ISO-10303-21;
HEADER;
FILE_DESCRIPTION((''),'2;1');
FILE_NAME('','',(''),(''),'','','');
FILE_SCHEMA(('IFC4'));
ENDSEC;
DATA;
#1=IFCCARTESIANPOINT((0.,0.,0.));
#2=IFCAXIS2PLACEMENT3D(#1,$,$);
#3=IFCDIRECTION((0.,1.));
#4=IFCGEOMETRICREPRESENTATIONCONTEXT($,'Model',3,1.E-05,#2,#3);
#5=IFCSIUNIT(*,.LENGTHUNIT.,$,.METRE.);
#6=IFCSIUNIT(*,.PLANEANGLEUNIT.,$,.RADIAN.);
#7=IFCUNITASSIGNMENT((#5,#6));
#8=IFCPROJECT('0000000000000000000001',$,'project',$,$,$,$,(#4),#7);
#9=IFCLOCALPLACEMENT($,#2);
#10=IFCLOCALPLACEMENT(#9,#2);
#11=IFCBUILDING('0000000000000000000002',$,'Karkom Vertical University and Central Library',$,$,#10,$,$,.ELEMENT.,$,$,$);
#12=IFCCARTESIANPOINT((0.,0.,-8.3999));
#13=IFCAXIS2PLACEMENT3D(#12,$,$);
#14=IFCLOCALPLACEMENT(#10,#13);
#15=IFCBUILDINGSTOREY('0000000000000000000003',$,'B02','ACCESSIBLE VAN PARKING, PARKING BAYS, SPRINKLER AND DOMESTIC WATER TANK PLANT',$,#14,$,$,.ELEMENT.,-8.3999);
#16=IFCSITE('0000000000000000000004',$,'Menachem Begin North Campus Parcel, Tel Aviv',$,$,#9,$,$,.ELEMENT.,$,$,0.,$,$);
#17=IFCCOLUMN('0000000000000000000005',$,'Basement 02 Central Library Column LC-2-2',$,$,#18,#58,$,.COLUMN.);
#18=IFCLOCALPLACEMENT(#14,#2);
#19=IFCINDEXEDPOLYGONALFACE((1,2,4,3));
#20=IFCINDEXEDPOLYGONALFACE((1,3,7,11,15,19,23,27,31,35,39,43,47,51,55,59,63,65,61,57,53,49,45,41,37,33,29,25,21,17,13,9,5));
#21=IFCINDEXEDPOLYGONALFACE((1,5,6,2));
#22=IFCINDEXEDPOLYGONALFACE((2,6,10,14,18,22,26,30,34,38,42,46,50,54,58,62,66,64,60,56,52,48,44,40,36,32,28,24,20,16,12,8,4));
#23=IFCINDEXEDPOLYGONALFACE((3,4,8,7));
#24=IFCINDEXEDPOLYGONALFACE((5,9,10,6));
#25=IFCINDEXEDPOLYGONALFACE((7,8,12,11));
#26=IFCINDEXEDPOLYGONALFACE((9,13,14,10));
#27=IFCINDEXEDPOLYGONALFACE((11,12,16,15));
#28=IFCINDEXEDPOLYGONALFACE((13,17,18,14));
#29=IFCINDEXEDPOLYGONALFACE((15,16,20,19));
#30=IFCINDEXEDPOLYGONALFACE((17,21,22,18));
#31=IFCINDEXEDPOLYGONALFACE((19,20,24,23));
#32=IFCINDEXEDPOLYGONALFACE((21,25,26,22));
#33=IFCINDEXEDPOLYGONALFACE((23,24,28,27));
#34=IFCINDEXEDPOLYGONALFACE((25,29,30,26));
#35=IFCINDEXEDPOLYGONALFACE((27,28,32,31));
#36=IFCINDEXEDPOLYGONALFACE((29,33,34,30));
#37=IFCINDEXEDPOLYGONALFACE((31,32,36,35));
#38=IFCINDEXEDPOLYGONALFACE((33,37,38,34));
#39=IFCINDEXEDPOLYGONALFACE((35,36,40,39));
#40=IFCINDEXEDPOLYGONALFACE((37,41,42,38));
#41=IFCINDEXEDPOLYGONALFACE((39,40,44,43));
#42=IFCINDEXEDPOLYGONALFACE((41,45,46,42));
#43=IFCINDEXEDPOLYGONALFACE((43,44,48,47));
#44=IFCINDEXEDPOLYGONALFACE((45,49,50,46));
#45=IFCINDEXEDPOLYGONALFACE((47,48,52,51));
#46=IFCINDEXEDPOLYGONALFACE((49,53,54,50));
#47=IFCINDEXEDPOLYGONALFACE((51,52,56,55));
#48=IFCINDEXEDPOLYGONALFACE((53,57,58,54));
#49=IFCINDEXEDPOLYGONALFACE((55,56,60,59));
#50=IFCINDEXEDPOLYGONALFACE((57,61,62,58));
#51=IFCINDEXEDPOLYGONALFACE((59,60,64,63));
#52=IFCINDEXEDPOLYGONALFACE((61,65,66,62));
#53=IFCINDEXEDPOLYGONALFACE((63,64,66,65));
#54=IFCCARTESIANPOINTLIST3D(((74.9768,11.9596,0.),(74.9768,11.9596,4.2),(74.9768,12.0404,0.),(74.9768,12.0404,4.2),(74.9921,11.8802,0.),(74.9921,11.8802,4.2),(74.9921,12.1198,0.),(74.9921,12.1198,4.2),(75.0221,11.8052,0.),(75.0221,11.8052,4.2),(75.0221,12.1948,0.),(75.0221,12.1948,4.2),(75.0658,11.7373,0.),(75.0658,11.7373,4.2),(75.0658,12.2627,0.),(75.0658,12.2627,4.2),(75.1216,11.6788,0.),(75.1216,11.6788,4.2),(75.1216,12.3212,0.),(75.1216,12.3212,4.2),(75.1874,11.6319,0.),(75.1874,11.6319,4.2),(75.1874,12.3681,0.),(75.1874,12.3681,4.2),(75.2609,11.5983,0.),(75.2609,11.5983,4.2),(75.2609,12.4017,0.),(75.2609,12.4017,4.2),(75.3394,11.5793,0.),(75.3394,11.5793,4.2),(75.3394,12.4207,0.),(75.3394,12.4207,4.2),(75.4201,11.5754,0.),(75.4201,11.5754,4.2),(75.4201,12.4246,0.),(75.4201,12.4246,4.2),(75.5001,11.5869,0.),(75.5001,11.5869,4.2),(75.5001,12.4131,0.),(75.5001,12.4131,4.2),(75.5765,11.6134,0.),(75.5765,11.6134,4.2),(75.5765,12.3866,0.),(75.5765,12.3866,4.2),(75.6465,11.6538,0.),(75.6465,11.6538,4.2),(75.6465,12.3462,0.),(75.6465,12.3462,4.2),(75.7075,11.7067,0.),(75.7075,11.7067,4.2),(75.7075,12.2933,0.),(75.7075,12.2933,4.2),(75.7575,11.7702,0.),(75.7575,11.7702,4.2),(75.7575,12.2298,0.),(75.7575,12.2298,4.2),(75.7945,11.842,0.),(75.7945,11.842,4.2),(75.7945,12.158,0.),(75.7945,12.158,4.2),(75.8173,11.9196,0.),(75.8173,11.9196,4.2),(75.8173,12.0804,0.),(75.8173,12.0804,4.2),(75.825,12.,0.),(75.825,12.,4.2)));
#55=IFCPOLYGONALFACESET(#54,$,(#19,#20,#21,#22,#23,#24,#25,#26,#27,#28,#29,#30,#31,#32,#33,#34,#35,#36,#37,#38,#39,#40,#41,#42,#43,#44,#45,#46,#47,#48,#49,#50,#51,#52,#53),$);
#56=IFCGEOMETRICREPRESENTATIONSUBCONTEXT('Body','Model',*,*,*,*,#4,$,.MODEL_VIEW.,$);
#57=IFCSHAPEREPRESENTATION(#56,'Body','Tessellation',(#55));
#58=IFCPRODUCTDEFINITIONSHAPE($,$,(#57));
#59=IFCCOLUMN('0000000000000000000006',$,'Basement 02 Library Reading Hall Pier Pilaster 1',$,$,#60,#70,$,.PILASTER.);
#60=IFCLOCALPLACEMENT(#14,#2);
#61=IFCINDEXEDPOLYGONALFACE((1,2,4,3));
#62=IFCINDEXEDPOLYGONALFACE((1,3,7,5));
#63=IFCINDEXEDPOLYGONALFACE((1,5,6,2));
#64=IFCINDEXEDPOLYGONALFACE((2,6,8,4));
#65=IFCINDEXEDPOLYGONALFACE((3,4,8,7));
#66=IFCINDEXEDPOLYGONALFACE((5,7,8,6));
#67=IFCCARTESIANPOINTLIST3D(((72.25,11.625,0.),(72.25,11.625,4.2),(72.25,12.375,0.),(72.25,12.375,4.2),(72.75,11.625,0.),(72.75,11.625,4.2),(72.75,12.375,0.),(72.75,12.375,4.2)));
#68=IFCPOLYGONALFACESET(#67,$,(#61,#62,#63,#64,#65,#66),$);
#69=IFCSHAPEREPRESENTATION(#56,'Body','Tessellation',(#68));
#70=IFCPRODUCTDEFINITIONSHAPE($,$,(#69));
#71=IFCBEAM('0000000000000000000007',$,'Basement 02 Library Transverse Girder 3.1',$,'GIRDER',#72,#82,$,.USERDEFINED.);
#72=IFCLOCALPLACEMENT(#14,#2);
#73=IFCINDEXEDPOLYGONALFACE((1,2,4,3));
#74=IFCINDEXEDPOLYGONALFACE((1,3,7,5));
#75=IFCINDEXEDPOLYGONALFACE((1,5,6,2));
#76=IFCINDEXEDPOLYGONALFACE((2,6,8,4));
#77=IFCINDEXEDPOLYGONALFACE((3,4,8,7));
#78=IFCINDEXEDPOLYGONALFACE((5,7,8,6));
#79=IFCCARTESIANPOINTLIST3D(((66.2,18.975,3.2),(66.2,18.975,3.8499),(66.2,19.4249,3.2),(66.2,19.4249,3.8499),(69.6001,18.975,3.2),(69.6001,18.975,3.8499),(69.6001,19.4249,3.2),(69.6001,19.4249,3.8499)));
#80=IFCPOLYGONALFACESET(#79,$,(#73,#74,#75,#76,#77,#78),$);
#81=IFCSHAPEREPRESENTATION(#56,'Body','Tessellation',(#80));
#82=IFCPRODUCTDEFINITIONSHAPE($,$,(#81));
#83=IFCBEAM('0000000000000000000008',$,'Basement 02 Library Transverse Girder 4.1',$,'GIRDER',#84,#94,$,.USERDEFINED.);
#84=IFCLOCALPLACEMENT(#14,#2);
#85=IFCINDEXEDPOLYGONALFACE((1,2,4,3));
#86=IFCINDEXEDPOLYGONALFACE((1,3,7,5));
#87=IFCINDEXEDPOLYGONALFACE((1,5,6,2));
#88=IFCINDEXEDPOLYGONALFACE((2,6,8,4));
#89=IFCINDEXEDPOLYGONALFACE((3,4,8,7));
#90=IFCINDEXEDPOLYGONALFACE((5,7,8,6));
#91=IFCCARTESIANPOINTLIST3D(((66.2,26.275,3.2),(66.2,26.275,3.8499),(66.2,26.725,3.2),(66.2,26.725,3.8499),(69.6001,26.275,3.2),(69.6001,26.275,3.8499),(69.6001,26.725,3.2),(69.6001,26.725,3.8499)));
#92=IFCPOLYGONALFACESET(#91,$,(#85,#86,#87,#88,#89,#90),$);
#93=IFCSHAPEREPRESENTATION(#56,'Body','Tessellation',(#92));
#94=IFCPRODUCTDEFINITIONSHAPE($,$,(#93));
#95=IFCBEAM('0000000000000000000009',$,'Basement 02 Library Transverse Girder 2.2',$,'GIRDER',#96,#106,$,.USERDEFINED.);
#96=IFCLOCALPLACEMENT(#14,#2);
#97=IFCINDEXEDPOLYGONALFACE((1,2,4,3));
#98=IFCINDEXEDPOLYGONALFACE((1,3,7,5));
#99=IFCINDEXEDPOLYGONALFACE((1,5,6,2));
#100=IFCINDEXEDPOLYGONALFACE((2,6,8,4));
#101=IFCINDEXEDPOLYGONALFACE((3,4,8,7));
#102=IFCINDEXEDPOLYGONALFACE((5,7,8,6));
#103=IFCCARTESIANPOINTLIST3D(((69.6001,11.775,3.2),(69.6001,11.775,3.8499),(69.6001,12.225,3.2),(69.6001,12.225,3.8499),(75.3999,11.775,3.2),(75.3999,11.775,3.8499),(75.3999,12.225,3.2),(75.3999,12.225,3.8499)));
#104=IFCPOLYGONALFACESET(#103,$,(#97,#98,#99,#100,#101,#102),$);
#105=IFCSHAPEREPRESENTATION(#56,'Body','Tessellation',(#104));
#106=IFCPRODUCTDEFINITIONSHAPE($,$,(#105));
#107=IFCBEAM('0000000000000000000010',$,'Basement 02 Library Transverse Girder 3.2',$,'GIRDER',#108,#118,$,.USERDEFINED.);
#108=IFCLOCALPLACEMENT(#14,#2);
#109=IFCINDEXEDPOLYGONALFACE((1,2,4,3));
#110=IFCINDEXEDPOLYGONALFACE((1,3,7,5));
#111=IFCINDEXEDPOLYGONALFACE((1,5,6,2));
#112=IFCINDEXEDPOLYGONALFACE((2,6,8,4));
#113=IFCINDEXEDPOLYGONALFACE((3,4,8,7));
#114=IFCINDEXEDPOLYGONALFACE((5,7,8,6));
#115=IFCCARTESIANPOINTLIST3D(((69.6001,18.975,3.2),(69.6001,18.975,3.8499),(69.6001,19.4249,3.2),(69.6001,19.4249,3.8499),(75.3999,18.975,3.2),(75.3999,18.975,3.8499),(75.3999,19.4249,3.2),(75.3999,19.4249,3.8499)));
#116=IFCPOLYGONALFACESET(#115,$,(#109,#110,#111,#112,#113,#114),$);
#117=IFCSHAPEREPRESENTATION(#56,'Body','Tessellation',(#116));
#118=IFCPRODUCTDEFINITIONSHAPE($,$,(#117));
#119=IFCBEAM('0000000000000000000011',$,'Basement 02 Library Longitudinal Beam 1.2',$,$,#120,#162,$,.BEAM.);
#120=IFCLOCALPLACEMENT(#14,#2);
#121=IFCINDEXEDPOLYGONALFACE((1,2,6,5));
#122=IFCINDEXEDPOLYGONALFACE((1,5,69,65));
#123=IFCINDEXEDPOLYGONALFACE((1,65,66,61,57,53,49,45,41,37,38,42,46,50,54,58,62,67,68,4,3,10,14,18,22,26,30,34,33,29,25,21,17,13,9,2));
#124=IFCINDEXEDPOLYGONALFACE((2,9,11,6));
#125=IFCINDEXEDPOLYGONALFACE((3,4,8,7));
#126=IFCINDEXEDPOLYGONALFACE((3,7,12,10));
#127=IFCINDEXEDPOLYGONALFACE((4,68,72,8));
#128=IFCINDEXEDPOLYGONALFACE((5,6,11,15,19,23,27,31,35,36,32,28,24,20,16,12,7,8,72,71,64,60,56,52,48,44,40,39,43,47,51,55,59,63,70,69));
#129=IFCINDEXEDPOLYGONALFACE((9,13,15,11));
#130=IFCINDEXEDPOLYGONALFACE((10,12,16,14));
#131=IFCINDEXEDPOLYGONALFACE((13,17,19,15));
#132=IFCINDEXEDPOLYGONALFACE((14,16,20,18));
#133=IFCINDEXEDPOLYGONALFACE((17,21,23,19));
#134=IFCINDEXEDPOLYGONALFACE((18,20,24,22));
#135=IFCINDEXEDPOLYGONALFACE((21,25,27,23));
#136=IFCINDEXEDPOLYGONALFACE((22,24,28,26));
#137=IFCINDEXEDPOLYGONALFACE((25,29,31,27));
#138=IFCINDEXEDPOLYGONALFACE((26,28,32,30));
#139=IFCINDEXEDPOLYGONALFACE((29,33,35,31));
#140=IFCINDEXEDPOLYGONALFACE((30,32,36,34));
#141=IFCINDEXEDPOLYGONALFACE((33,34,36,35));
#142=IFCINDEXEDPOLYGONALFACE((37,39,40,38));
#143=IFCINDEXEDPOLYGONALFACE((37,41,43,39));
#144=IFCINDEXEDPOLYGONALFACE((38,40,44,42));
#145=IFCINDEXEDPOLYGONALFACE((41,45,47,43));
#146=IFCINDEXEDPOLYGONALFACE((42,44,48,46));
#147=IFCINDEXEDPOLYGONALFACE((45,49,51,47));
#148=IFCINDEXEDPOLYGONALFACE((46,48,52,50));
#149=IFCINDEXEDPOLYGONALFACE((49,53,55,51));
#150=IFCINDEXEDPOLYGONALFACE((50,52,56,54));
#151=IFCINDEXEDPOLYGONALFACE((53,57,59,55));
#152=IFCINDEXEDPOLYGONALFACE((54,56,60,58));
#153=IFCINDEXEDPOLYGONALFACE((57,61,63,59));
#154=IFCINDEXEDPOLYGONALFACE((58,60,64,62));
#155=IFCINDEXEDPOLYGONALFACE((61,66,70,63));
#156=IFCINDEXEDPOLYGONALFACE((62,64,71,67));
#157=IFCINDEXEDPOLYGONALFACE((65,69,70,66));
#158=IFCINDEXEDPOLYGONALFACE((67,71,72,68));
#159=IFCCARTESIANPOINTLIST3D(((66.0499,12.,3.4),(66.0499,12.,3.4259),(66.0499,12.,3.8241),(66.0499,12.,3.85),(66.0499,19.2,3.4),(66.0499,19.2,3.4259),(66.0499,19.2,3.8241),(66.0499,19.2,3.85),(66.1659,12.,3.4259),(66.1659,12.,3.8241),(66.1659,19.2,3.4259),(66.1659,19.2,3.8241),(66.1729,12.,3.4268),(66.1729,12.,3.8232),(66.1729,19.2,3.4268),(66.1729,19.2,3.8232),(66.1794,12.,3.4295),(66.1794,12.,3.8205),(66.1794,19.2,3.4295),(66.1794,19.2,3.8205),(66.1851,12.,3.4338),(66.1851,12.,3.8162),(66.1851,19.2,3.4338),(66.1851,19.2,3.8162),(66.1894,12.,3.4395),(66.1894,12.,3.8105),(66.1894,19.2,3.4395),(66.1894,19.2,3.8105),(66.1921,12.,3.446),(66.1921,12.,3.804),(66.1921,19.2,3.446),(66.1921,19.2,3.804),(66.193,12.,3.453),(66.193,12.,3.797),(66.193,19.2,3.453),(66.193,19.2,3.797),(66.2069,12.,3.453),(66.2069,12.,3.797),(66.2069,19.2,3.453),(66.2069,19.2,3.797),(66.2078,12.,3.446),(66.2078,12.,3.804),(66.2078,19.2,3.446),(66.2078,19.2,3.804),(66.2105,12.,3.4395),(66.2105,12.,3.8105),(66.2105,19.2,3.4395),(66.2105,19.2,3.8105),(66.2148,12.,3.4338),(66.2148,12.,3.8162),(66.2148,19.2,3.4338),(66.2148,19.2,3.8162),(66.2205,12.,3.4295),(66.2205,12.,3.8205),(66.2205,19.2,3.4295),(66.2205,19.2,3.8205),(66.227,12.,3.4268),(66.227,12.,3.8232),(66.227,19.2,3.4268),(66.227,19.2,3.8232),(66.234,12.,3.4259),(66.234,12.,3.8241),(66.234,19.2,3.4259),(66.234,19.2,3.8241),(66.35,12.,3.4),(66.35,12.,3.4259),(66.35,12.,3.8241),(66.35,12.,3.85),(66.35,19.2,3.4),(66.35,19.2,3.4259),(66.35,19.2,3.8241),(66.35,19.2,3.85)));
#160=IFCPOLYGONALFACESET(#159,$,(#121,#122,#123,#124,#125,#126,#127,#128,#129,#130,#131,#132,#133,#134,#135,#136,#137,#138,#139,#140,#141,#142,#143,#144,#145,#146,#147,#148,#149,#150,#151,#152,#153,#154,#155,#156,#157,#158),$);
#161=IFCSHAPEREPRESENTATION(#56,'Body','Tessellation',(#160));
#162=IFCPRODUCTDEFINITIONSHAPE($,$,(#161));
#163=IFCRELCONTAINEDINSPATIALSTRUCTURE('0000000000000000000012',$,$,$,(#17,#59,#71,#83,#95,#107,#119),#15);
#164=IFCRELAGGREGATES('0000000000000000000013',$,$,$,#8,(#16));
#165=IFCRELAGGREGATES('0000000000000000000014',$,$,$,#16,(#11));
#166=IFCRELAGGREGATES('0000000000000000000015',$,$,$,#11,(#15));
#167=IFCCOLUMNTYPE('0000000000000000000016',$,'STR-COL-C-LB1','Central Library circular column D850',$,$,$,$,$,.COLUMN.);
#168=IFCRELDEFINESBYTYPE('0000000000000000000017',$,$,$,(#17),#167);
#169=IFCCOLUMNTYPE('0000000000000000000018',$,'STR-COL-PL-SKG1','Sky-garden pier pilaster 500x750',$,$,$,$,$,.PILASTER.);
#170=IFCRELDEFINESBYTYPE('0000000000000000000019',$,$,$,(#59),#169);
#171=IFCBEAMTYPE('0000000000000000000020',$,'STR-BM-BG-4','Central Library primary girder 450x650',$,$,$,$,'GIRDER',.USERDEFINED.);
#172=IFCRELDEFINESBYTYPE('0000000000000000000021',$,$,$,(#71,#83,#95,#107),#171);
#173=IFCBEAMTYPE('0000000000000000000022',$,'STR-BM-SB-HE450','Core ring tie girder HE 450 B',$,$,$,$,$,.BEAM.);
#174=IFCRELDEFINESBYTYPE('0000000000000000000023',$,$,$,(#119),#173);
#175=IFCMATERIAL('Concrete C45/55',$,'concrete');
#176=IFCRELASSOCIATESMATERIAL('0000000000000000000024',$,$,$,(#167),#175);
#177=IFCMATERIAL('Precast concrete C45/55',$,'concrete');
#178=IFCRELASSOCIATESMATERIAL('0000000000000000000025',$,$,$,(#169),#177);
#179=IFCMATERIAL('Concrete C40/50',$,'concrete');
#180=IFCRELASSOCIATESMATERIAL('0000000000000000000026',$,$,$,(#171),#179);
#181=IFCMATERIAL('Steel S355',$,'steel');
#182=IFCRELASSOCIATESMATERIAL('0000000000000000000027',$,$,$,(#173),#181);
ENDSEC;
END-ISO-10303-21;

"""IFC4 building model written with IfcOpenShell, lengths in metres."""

from ifc_helpers import new_model, si_unit, direction, frame, origin, origin_with_axes, origin_2d, place, context, subcontext, project, spatial, rectangle, circle, i_section, extrude, source, transform, mapped, material, material_profile, profile_set, type_object, element, save


model = new_model("IFC4")

# Units and contexts
model_context = context("Model", 3, precision=1e-05, world=origin(), true_north=direction((0.0, 1.0)))
body_context = subcontext(model_context, "Body", "Model", "MODEL_VIEW")
ifc_project = project(units=[si_unit("LENGTHUNIT", "METRE"), si_unit("PLANEANGLEUNIT", "RADIAN")], contexts=[model_context])

# Site, building, storey
site_placement = place(None, origin())
site = spatial("IfcSite", under=ifc_project, at=site_placement, Name="Menachem Begin North Campus Parcel, Tel Aviv", CompositionType="ELEMENT", RefElevation=0.0)
building_placement = place(site_placement, origin())
building = spatial("IfcBuilding", under=site, at=building_placement, Name="Karkom Vertical University and Central Library", CompositionType="ELEMENT")
storey_placement = place(building_placement, frame((0.0, 0.0, -8.3999)))
storey = spatial("IfcBuildingStorey", under=building, at=storey_placement, Name="B02", Description="ACCESSIBLE VAN PARKING, PARKING BAYS, SPRINKLER AND DOMESTIC WATER TANK PLANT", CompositionType="ELEMENT", Elevation=-8.3999)

# Shared definitions
ifc_material_1 = material(Name="Concrete C40/50", Category="concrete")

# Shared definitions
ifc_material_2 = material(Name="Concrete C45/55", Category="concrete")

# Columns
ifc_material_profile_1 = material_profile(ifc_material_2, circle(Radius=0.425, at=origin_2d()), Name="RC-D850")
ifc_profile_set_1 = profile_set([ifc_material_profile_1], Name="Concrete C45/55")
column_type_1 = type_object("IfcColumnType", Name="STR-COL-C-LB1", Description="Central Library circular column D850", PredefinedType="COLUMN", material=ifc_profile_set_1)
shared_shape_1 = source(origin_with_axes(), body_context, "Body", "SweptSolid", [
    extrude(circle(Radius=0.425, at=origin_2d()), origin(), (0.0, 0.0, 1.0), 4.2),
])
column_1_placement = place(storey_placement, frame((75.3999, 12.0, 0.0), z_axis=(0.0, 0.0, 1.0), x_axis=(1.0, 0.0, 0.0)))
element("IfcColumn", 1, at=column_1_placement, inside=storey, type_object=column_type_1, Name="Basement 02 Central Library Column LC-2-2", PredefinedType="COLUMN", context=body_context, shape_type="MappedRepresentation", body=[
    mapped(shared_shape_1, transform((0.0, 0.0, 0.0), scale=1.0)),
])
ifc_material_3 = material(Name="Precast concrete C45/55", Category="concrete")
ifc_material_profile_2 = material_profile(ifc_material_3, rectangle(XDim=0.5, YDim=0.75, at=origin_2d()), Name="PIL-500x750")
ifc_profile_set_2 = profile_set([ifc_material_profile_2], Name="Precast concrete C45/55")
column_type_2 = type_object("IfcColumnType", Name="STR-COL-PL-SKG1", Description="Sky-garden pier pilaster 500x750", PredefinedType="PILASTER", material=ifc_profile_set_2)
shared_shape_2 = source(origin_with_axes(), body_context, "Body", "SweptSolid", [
    extrude(rectangle(XDim=0.5, YDim=0.75, at=origin_2d()), origin(), (0.0, 0.0, 1.0), 4.2),
])
column_2_placement = place(storey_placement, frame((72.5, 12.0, 0.0), z_axis=(0.0, 0.0, 1.0), x_axis=(1.0, 0.0, 0.0)))
element("IfcColumn", 2, at=column_2_placement, inside=storey, type_object=column_type_2, Name="Basement 02 Library Reading Hall Pier Pilaster 1", PredefinedType="PILASTER", context=body_context, shape_type="MappedRepresentation", body=[
    mapped(shared_shape_2, transform((0.0, 0.0, 0.0), scale=1.0)),
])

# Beams
ifc_material_profile_3 = material_profile(ifc_material_1, rectangle(XDim=0.45, YDim=0.6499, at=origin_2d()), Name="RCB-450x650")
ifc_profile_set_3 = profile_set([ifc_material_profile_3], Name="Concrete C40/50")
beam_type_1 = type_object("IfcBeamType", Name="STR-BM-BG-4", Description="Central Library primary girder 450x650", ElementType="GIRDER", PredefinedType="USERDEFINED", material=ifc_profile_set_3)
shared_shape_3 = source(origin_with_axes(), body_context, "Body", "SweptSolid", [
    extrude(rectangle(XDim=0.45, YDim=0.6499, at=origin_2d()), origin(), (0.0, 0.0, 1.0), 3.4001),
])
for number, where, z_axis, x_axis, name in (
    (3, (66.2, 19.2, 3.5249), (1.0, 0.0, 0.0), (0.0, 1.0, 0.0), "Basement 02 Library Transverse Girder 3.1"),
    (4, (66.2, 26.5, 3.5249), (1.0, 0.0, 0.0), (0.0, 1.0, 0.0), "Basement 02 Library Transverse Girder 4.1"),
):
    element("IfcBeam", number, at=place(storey_placement, frame(where, z_axis=z_axis, x_axis=x_axis)), inside=storey, type_object=beam_type_1, Name=name, ObjectType="GIRDER", PredefinedType="USERDEFINED", context=body_context, shape_type="MappedRepresentation", body=[
        mapped(shared_shape_3, transform((0.0, 0.0, 0.0), scale=1.0)),
    ])
shared_shape_4 = source(origin_with_axes(), body_context, "Body", "SweptSolid", [
    extrude(rectangle(XDim=0.45, YDim=0.6499, at=origin_2d()), origin(), (0.0, 0.0, 1.0), 5.7998),
])
for number, where, z_axis, x_axis, name in (
    (5, (69.6001, 12.0, 3.5249), (1.0, 0.0, 0.0), (0.0, 1.0, 0.0), "Basement 02 Library Transverse Girder 2.2"),
    (6, (69.6001, 19.2, 3.5249), (1.0, 0.0, 0.0), (0.0, 1.0, 0.0), "Basement 02 Library Transverse Girder 3.2"),
):
    element("IfcBeam", number, at=place(storey_placement, frame(where, z_axis=z_axis, x_axis=x_axis)), inside=storey, type_object=beam_type_1, Name=name, ObjectType="GIRDER", PredefinedType="USERDEFINED", context=body_context, shape_type="MappedRepresentation", body=[
        mapped(shared_shape_4, transform((0.0, 0.0, 0.0), scale=1.0)),
    ])
ifc_material_4 = material(Name="Steel S355", Category="steel")
ifc_material_profile_4 = material_profile(ifc_material_4, i_section(OverallWidth=0.3, OverallDepth=0.45, WebThickness=0.0139, FlangeThickness=0.0259, FilletRadius=0.0271, at=origin_2d()), Name="HE 450 B")
ifc_profile_set_4 = profile_set([ifc_material_profile_4], Name="Steel S355")
beam_type_2 = type_object("IfcBeamType", Name="STR-BM-SB-HE450", Description="Core ring tie girder HE 450 B", PredefinedType="BEAM", material=ifc_profile_set_4)
shared_shape_5 = source(origin_with_axes(), body_context, "Body", "SweptSolid", [
    extrude(i_section(OverallWidth=0.3, OverallDepth=0.45, WebThickness=0.0139, FlangeThickness=0.0259, FilletRadius=0.0271, at=origin_2d()), origin(), (0.0, 0.0, 1.0), 7.2),
])
for number, where, z_axis, x_axis, name in (
    (7, (66.2, 12.0, 3.625), (0.0, 1.0, 0.0), (-1.0, 0.0, 0.0), "Basement 02 Library Longitudinal Beam 1.2"),
):
    element("IfcBeam", number, at=place(storey_placement, frame(where, z_axis=z_axis, x_axis=x_axis)), inside=storey, type_object=beam_type_2, Name=name, PredefinedType="BEAM", context=body_context, shape_type="MappedRepresentation", body=[
        mapped(shared_shape_5, transform((0.0, 0.0, 0.0), scale=1.0)),
    ])

save(model, "model.ifc")
